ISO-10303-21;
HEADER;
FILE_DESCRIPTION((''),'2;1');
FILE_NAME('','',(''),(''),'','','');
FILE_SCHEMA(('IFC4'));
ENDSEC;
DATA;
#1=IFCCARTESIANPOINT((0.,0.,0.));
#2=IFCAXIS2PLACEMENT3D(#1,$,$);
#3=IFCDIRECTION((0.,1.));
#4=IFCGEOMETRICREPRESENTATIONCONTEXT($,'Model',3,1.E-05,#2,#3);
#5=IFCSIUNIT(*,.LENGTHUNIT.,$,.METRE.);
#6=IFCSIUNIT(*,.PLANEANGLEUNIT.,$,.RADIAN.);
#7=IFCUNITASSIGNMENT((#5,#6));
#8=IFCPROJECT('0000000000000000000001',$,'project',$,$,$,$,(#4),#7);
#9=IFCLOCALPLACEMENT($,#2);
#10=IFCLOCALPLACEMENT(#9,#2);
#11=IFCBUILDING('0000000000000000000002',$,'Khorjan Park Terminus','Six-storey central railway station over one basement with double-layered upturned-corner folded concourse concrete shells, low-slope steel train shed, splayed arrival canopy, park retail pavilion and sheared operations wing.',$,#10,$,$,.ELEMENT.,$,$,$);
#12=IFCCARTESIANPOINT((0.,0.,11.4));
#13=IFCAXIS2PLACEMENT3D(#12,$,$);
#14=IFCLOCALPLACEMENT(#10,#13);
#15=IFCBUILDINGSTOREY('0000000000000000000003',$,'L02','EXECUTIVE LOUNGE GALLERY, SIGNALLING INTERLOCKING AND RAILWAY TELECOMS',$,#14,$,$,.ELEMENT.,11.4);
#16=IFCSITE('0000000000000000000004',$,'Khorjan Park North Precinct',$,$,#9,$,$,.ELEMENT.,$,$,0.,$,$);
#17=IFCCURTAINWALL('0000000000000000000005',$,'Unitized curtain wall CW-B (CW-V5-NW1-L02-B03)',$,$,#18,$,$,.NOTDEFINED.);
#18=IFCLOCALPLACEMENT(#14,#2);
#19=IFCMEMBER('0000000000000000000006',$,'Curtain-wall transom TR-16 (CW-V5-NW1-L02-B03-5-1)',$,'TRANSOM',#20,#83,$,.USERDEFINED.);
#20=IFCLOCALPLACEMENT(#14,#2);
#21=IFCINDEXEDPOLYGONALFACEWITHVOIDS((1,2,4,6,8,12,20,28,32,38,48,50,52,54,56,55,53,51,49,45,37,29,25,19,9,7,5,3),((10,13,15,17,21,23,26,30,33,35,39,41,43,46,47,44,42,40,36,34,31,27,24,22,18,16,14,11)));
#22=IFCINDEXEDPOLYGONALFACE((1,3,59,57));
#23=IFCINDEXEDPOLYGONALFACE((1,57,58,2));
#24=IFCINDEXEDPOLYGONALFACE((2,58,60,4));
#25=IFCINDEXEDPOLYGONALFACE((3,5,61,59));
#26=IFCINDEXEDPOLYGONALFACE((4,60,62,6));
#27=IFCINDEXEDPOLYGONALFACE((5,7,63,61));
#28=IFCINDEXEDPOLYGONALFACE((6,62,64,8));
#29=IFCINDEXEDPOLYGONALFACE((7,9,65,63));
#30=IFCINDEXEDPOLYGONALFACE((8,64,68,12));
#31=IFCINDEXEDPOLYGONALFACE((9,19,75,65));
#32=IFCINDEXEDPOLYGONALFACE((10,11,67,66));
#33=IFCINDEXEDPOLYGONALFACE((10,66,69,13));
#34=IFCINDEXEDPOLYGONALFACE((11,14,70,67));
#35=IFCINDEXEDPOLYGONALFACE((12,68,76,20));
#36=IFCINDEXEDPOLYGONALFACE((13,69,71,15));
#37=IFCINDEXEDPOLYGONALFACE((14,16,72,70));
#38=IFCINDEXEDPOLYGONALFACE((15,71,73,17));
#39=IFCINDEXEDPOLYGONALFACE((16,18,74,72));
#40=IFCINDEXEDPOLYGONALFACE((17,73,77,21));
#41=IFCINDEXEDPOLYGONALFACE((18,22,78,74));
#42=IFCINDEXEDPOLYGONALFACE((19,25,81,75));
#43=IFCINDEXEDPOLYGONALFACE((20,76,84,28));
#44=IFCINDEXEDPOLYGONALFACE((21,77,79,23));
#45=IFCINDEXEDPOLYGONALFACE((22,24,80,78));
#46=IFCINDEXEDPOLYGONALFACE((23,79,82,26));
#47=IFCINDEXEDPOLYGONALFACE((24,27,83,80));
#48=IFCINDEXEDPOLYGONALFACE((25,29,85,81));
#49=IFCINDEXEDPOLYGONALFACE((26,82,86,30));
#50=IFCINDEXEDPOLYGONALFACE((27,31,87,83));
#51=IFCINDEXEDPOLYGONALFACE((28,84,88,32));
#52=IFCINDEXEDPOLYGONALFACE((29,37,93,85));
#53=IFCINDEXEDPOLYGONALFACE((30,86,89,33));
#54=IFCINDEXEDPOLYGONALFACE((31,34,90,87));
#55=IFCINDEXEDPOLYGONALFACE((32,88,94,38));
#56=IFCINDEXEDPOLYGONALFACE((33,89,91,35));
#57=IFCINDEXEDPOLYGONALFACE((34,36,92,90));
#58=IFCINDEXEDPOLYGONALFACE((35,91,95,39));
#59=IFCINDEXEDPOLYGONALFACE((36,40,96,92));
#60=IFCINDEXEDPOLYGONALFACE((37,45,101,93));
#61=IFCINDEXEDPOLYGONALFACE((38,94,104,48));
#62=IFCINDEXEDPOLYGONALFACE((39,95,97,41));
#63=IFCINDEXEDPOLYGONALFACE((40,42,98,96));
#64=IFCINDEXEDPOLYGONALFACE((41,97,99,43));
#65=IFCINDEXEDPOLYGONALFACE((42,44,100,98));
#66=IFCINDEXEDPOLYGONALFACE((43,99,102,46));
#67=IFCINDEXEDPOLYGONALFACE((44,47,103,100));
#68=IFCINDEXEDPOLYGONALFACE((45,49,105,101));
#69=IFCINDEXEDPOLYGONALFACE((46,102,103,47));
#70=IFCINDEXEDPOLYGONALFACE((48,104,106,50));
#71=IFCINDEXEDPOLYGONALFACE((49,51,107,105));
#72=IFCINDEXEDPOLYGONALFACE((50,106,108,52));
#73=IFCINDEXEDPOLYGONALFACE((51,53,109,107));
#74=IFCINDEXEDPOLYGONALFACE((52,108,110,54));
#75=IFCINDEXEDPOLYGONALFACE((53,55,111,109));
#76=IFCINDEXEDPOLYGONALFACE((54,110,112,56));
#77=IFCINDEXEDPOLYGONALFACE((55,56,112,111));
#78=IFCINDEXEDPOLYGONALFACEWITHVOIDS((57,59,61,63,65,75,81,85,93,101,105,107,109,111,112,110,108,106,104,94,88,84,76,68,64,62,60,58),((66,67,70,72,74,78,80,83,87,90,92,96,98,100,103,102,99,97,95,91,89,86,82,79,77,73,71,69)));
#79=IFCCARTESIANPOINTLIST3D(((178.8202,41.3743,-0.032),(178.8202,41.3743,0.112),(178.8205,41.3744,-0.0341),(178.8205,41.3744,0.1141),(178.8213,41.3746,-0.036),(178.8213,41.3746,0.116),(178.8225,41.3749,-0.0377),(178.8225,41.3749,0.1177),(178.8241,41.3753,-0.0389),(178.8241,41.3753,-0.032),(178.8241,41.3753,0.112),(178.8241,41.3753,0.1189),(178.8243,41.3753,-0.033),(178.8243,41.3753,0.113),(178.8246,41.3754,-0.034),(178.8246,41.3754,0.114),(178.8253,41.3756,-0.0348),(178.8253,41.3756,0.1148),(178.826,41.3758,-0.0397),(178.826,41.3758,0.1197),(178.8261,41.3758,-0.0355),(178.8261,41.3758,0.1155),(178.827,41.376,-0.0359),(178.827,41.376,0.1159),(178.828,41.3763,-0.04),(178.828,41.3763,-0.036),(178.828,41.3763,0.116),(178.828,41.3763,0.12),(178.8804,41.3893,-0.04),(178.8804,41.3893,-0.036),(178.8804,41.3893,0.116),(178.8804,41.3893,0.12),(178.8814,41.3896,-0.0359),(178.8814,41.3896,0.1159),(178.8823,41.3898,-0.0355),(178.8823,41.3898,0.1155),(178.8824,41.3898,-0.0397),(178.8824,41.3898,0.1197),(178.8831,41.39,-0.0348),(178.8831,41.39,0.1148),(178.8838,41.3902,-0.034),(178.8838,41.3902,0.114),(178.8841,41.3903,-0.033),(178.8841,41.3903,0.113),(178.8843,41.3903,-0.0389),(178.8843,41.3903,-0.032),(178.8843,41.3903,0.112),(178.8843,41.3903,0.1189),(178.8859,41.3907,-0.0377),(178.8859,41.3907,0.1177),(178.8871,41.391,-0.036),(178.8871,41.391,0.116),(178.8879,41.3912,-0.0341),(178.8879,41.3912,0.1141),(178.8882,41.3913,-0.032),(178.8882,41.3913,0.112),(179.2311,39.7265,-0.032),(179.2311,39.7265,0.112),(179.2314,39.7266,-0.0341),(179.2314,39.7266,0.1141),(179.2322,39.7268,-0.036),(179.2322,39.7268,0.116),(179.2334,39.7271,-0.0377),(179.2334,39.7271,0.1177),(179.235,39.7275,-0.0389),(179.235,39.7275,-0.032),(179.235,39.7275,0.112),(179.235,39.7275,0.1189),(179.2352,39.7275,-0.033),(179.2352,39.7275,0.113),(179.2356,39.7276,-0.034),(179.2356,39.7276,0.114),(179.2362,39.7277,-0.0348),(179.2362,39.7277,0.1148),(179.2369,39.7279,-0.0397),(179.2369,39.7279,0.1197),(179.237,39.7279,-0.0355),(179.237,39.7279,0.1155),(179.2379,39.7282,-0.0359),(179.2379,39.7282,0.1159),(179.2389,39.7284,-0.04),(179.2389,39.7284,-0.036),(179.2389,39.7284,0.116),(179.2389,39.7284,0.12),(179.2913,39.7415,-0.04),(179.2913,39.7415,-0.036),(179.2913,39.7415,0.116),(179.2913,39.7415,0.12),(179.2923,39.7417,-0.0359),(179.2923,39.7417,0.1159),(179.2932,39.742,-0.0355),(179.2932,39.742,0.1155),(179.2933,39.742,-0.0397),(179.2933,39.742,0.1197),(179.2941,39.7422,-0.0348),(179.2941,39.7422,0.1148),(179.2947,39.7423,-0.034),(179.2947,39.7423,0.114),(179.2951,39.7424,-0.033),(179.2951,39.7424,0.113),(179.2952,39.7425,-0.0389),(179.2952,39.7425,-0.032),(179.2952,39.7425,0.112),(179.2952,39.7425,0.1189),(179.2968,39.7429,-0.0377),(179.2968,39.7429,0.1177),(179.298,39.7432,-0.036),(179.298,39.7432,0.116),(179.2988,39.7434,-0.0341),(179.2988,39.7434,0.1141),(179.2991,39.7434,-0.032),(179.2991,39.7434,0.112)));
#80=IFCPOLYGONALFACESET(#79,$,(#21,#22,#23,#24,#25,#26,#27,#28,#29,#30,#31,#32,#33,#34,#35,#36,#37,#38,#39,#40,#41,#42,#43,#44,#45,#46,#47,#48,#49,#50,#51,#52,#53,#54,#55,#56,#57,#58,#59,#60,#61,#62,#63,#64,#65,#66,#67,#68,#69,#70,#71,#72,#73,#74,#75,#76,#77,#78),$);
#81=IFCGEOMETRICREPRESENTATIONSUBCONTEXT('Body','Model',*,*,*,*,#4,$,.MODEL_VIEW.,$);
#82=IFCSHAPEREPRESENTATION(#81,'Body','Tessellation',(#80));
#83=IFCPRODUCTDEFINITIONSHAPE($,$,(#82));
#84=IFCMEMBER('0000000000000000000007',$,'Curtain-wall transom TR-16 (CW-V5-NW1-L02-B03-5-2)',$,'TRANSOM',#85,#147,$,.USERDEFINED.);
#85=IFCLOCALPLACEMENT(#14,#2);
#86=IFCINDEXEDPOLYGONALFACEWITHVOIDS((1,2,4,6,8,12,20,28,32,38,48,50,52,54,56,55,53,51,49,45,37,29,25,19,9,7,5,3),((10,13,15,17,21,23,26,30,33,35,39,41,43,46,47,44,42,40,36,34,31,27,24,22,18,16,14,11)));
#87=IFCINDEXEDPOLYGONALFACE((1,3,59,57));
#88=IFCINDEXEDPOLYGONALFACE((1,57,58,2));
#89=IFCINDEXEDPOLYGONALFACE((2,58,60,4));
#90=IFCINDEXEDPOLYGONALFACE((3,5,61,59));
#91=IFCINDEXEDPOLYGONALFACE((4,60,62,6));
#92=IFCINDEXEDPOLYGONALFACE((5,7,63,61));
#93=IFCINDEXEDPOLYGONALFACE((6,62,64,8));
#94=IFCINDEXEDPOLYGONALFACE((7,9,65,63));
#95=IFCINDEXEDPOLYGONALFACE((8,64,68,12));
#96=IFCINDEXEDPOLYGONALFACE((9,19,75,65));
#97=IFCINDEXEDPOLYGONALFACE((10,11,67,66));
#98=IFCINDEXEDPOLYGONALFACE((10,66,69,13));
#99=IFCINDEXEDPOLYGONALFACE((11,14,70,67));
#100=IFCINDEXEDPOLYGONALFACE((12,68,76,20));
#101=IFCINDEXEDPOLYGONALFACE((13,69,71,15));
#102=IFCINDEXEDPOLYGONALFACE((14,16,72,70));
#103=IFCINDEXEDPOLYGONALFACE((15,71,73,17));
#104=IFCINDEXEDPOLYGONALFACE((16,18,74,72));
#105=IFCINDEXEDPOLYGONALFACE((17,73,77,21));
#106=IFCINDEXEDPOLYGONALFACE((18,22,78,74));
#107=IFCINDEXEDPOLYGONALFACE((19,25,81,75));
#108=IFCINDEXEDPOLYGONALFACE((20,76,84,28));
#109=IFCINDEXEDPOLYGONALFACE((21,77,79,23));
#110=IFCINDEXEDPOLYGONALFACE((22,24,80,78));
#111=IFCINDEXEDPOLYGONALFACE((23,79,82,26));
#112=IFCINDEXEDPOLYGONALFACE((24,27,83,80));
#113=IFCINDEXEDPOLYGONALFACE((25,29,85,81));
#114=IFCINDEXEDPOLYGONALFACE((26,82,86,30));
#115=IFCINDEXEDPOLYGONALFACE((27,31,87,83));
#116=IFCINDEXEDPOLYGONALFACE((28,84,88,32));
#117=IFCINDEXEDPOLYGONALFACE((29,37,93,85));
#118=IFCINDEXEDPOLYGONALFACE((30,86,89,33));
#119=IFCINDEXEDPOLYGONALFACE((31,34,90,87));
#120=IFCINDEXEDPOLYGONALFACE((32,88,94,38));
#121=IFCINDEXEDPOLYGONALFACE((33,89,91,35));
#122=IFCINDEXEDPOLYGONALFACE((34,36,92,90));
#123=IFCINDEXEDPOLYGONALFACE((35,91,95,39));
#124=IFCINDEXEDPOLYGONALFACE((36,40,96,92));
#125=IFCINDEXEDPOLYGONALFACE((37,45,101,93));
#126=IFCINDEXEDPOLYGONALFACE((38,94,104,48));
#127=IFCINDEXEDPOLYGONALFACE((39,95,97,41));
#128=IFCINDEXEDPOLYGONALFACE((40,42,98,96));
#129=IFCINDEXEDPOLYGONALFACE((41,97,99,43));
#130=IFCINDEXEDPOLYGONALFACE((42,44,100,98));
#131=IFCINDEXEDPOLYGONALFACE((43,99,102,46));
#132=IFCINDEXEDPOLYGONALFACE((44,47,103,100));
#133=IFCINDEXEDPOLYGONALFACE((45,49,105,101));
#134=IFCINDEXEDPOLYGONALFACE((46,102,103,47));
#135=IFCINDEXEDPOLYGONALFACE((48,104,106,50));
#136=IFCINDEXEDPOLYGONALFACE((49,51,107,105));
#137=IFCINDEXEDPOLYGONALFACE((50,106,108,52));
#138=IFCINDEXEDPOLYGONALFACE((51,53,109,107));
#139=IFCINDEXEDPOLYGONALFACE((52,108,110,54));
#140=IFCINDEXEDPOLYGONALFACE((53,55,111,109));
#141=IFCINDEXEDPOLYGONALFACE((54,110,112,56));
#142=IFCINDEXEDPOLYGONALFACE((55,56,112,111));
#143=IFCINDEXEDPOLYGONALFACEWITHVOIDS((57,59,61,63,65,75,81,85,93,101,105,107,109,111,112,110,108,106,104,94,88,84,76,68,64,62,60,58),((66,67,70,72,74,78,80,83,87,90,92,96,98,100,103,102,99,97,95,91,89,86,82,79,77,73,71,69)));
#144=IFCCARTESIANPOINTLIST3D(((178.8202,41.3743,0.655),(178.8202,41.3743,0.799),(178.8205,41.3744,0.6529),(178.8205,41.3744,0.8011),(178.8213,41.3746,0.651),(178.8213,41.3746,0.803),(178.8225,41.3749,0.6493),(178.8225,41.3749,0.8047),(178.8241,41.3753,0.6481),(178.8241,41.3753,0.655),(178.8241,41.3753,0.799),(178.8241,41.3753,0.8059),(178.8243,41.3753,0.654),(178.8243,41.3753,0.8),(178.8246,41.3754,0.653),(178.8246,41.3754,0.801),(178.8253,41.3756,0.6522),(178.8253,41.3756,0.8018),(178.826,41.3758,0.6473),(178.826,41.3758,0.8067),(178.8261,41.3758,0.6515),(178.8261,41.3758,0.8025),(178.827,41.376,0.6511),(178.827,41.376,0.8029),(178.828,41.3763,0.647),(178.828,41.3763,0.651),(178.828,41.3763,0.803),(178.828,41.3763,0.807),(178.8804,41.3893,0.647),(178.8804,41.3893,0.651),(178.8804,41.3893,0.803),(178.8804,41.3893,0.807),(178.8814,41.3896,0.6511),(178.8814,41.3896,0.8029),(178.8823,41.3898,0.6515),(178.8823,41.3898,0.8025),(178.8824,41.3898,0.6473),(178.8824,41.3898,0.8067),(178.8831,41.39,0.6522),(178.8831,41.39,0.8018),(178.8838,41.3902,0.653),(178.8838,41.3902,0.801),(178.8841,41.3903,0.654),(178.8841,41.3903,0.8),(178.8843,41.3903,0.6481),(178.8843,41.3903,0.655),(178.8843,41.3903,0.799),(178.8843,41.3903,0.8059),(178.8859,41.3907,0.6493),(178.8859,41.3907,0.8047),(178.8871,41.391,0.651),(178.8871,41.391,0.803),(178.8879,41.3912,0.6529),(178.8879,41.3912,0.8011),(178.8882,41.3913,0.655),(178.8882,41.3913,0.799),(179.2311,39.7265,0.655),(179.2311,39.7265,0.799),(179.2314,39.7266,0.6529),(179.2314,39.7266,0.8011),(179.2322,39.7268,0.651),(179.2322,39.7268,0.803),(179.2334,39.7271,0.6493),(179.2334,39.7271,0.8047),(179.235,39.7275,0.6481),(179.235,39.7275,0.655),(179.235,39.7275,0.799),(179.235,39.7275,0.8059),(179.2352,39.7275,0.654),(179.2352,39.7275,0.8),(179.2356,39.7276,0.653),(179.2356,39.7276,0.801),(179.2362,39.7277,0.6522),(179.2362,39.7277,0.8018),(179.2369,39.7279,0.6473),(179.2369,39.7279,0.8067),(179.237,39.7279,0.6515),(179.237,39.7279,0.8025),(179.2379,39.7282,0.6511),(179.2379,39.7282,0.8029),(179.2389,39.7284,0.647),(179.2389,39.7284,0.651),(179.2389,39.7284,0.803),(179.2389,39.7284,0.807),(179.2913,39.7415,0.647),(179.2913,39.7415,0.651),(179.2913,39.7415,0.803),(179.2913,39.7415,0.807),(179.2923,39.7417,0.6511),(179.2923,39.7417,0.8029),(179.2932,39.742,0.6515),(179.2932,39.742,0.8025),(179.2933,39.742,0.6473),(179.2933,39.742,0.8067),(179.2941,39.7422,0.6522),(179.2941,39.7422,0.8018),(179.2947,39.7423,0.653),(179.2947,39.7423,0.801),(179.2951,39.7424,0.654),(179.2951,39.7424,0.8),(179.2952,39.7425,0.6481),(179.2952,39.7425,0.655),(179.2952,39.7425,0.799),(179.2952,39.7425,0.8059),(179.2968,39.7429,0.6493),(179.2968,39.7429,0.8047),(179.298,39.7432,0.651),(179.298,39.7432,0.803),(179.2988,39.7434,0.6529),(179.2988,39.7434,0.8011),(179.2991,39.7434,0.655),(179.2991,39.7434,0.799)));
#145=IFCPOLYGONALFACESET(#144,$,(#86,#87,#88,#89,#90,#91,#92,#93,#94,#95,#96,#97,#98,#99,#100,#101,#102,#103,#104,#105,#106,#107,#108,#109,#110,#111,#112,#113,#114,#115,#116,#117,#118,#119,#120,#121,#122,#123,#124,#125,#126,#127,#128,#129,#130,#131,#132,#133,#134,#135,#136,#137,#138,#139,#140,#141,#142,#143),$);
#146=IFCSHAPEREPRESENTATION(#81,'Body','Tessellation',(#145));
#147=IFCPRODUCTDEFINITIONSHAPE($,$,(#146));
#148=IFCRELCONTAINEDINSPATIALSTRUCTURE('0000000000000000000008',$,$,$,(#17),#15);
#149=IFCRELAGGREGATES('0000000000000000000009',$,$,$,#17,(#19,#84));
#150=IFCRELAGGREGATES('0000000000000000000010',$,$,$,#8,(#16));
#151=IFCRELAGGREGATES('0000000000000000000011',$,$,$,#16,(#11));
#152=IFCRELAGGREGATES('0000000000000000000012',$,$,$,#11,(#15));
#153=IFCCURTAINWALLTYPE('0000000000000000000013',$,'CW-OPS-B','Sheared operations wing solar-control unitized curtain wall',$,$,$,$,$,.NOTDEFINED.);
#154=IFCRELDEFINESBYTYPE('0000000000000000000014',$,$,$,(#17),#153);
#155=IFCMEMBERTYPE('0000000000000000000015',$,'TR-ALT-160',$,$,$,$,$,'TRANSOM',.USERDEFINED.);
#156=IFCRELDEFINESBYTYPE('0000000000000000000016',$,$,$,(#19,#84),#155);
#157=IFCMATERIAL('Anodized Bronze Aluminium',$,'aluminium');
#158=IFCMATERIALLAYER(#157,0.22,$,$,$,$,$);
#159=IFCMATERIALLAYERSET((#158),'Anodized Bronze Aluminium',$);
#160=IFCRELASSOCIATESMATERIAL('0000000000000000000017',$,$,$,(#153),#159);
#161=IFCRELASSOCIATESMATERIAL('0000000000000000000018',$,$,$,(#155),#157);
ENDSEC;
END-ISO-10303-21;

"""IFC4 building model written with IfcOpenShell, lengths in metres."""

from ifc_helpers import new_model, si_unit, direction, frame, origin, origin_2d, place, context, subcontext, project, spatial, hollow_rectangle, extrude, material, layer, layer_set, material_profile, profile_set, type_object, element, aggregate, save


model = new_model("IFC4")

# Units and contexts
model_context = context("Model", 3, precision=1e-05, world=origin(), true_north=direction((0.0, 1.0)))
body_context = subcontext(model_context, "Body", "Model", "MODEL_VIEW")
ifc_project = project(units=[si_unit("LENGTHUNIT", "METRE"), si_unit("PLANEANGLEUNIT", "RADIAN")], contexts=[model_context])

# Site, building, storey
site_placement = place(None, origin())
site = spatial("IfcSite", under=ifc_project, at=site_placement, Name="Khorjan Park North Precinct", CompositionType="ELEMENT", RefElevation=0.0)
building_placement = place(site_placement, origin())
building = spatial("IfcBuilding", under=site, at=building_placement, Name="Khorjan Park Terminus", Description="Six-storey central railway station over one basement with double-layered upturned-corner folded concourse concrete shells, low-slope steel train shed, splayed arrival canopy, park retail pavilion and sheared operations wing.", CompositionType="ELEMENT")
storey_placement = place(building_placement, frame((0.0, 0.0, 11.4)))
storey = spatial("IfcBuildingStorey", under=building, at=storey_placement, Name="L02", Description="EXECUTIVE LOUNGE GALLERY, SIGNALLING INTERLOCKING AND RAILWAY TELECOMS", CompositionType="ELEMENT", Elevation=11.4)

# Curtain wall
ifc_material_1 = material(Name="Anodized Bronze Aluminium", Category="aluminium")
ifc_layer_1 = layer(ifc_material_1, 0.22)
ifc_layer_set_1 = layer_set([ifc_layer_1], Name="Anodized Bronze Aluminium")
curtain_wall_type = type_object("IfcCurtainWallType", Name="CW-OPS-B", Description="Sheared operations wing solar-control unitized curtain wall", PredefinedType="NOTDEFINED", material=ifc_layer_set_1)
curtain_wall_1_placement = place(storey_placement, origin())
curtain_wall_1 = element("IfcCurtainWall", 1, at=curtain_wall_1_placement, inside=storey, type_object=curtain_wall_type, Name="Unitized curtain wall CW-B (CW-V5-NW1-L02-B03)", PredefinedType="NOTDEFINED")

# Members
ifc_material_profile_1 = material_profile(ifc_material_1, hollow_rectangle(XDim=0.07, YDim=0.16, WallThickness=0.004, InnerFilletRadius=0.004, OuterFilletRadius=0.008, at=origin_2d()), Name="ALT 70x160x4")
ifc_profile_set_1 = profile_set([ifc_material_profile_1], Name="Anodized Bronze Aluminium")
member_type_1 = type_object("IfcMemberType", Name="TR-ALT-160", ElementType="TRANSOM", PredefinedType="USERDEFINED", material=ifc_profile_set_1)
member_1_placement = place(storey_placement, frame((178.8542, 41.3828, 0.04), z_axis=(0.241954, -0.970288, 0.0), x_axis=(0.970288, 0.241954, 0.0)))
member_1 = element("IfcMember", 2, at=member_1_placement, type_object=member_type_1, Name="Curtain-wall transom TR-16 (CW-V5-NW1-L02-B03-5-1)", ObjectType="TRANSOM", PredefinedType="USERDEFINED", context=body_context, shape_type="SweptSolid", body=[
    extrude(hollow_rectangle(XDim=0.07, YDim=0.16, WallThickness=0.004, InnerFilletRadius=0.004, OuterFilletRadius=0.008, at=origin_2d()), origin(), (0.0, 0.0, 1.0), 1.6983),
])
member_2_placement = place(storey_placement, frame((178.8542, 41.3828, 0.727), z_axis=(0.241954, -0.970288, 0.0), x_axis=(0.970288, 0.241954, 0.0)))
member_2 = element("IfcMember", 3, at=member_2_placement, type_object=member_type_1, Name="Curtain-wall transom TR-16 (CW-V5-NW1-L02-B03-5-2)", ObjectType="TRANSOM", PredefinedType="USERDEFINED", context=body_context, shape_type="SweptSolid", body=[
    extrude(hollow_rectangle(XDim=0.07, YDim=0.16, WallThickness=0.004, InnerFilletRadius=0.004, OuterFilletRadius=0.008, at=origin_2d()), origin(), (0.0, 0.0, 1.0), 1.6983),
])

aggregate(curtain_wall_1, [member_1, member_2])

save(model, "model.ifc")
